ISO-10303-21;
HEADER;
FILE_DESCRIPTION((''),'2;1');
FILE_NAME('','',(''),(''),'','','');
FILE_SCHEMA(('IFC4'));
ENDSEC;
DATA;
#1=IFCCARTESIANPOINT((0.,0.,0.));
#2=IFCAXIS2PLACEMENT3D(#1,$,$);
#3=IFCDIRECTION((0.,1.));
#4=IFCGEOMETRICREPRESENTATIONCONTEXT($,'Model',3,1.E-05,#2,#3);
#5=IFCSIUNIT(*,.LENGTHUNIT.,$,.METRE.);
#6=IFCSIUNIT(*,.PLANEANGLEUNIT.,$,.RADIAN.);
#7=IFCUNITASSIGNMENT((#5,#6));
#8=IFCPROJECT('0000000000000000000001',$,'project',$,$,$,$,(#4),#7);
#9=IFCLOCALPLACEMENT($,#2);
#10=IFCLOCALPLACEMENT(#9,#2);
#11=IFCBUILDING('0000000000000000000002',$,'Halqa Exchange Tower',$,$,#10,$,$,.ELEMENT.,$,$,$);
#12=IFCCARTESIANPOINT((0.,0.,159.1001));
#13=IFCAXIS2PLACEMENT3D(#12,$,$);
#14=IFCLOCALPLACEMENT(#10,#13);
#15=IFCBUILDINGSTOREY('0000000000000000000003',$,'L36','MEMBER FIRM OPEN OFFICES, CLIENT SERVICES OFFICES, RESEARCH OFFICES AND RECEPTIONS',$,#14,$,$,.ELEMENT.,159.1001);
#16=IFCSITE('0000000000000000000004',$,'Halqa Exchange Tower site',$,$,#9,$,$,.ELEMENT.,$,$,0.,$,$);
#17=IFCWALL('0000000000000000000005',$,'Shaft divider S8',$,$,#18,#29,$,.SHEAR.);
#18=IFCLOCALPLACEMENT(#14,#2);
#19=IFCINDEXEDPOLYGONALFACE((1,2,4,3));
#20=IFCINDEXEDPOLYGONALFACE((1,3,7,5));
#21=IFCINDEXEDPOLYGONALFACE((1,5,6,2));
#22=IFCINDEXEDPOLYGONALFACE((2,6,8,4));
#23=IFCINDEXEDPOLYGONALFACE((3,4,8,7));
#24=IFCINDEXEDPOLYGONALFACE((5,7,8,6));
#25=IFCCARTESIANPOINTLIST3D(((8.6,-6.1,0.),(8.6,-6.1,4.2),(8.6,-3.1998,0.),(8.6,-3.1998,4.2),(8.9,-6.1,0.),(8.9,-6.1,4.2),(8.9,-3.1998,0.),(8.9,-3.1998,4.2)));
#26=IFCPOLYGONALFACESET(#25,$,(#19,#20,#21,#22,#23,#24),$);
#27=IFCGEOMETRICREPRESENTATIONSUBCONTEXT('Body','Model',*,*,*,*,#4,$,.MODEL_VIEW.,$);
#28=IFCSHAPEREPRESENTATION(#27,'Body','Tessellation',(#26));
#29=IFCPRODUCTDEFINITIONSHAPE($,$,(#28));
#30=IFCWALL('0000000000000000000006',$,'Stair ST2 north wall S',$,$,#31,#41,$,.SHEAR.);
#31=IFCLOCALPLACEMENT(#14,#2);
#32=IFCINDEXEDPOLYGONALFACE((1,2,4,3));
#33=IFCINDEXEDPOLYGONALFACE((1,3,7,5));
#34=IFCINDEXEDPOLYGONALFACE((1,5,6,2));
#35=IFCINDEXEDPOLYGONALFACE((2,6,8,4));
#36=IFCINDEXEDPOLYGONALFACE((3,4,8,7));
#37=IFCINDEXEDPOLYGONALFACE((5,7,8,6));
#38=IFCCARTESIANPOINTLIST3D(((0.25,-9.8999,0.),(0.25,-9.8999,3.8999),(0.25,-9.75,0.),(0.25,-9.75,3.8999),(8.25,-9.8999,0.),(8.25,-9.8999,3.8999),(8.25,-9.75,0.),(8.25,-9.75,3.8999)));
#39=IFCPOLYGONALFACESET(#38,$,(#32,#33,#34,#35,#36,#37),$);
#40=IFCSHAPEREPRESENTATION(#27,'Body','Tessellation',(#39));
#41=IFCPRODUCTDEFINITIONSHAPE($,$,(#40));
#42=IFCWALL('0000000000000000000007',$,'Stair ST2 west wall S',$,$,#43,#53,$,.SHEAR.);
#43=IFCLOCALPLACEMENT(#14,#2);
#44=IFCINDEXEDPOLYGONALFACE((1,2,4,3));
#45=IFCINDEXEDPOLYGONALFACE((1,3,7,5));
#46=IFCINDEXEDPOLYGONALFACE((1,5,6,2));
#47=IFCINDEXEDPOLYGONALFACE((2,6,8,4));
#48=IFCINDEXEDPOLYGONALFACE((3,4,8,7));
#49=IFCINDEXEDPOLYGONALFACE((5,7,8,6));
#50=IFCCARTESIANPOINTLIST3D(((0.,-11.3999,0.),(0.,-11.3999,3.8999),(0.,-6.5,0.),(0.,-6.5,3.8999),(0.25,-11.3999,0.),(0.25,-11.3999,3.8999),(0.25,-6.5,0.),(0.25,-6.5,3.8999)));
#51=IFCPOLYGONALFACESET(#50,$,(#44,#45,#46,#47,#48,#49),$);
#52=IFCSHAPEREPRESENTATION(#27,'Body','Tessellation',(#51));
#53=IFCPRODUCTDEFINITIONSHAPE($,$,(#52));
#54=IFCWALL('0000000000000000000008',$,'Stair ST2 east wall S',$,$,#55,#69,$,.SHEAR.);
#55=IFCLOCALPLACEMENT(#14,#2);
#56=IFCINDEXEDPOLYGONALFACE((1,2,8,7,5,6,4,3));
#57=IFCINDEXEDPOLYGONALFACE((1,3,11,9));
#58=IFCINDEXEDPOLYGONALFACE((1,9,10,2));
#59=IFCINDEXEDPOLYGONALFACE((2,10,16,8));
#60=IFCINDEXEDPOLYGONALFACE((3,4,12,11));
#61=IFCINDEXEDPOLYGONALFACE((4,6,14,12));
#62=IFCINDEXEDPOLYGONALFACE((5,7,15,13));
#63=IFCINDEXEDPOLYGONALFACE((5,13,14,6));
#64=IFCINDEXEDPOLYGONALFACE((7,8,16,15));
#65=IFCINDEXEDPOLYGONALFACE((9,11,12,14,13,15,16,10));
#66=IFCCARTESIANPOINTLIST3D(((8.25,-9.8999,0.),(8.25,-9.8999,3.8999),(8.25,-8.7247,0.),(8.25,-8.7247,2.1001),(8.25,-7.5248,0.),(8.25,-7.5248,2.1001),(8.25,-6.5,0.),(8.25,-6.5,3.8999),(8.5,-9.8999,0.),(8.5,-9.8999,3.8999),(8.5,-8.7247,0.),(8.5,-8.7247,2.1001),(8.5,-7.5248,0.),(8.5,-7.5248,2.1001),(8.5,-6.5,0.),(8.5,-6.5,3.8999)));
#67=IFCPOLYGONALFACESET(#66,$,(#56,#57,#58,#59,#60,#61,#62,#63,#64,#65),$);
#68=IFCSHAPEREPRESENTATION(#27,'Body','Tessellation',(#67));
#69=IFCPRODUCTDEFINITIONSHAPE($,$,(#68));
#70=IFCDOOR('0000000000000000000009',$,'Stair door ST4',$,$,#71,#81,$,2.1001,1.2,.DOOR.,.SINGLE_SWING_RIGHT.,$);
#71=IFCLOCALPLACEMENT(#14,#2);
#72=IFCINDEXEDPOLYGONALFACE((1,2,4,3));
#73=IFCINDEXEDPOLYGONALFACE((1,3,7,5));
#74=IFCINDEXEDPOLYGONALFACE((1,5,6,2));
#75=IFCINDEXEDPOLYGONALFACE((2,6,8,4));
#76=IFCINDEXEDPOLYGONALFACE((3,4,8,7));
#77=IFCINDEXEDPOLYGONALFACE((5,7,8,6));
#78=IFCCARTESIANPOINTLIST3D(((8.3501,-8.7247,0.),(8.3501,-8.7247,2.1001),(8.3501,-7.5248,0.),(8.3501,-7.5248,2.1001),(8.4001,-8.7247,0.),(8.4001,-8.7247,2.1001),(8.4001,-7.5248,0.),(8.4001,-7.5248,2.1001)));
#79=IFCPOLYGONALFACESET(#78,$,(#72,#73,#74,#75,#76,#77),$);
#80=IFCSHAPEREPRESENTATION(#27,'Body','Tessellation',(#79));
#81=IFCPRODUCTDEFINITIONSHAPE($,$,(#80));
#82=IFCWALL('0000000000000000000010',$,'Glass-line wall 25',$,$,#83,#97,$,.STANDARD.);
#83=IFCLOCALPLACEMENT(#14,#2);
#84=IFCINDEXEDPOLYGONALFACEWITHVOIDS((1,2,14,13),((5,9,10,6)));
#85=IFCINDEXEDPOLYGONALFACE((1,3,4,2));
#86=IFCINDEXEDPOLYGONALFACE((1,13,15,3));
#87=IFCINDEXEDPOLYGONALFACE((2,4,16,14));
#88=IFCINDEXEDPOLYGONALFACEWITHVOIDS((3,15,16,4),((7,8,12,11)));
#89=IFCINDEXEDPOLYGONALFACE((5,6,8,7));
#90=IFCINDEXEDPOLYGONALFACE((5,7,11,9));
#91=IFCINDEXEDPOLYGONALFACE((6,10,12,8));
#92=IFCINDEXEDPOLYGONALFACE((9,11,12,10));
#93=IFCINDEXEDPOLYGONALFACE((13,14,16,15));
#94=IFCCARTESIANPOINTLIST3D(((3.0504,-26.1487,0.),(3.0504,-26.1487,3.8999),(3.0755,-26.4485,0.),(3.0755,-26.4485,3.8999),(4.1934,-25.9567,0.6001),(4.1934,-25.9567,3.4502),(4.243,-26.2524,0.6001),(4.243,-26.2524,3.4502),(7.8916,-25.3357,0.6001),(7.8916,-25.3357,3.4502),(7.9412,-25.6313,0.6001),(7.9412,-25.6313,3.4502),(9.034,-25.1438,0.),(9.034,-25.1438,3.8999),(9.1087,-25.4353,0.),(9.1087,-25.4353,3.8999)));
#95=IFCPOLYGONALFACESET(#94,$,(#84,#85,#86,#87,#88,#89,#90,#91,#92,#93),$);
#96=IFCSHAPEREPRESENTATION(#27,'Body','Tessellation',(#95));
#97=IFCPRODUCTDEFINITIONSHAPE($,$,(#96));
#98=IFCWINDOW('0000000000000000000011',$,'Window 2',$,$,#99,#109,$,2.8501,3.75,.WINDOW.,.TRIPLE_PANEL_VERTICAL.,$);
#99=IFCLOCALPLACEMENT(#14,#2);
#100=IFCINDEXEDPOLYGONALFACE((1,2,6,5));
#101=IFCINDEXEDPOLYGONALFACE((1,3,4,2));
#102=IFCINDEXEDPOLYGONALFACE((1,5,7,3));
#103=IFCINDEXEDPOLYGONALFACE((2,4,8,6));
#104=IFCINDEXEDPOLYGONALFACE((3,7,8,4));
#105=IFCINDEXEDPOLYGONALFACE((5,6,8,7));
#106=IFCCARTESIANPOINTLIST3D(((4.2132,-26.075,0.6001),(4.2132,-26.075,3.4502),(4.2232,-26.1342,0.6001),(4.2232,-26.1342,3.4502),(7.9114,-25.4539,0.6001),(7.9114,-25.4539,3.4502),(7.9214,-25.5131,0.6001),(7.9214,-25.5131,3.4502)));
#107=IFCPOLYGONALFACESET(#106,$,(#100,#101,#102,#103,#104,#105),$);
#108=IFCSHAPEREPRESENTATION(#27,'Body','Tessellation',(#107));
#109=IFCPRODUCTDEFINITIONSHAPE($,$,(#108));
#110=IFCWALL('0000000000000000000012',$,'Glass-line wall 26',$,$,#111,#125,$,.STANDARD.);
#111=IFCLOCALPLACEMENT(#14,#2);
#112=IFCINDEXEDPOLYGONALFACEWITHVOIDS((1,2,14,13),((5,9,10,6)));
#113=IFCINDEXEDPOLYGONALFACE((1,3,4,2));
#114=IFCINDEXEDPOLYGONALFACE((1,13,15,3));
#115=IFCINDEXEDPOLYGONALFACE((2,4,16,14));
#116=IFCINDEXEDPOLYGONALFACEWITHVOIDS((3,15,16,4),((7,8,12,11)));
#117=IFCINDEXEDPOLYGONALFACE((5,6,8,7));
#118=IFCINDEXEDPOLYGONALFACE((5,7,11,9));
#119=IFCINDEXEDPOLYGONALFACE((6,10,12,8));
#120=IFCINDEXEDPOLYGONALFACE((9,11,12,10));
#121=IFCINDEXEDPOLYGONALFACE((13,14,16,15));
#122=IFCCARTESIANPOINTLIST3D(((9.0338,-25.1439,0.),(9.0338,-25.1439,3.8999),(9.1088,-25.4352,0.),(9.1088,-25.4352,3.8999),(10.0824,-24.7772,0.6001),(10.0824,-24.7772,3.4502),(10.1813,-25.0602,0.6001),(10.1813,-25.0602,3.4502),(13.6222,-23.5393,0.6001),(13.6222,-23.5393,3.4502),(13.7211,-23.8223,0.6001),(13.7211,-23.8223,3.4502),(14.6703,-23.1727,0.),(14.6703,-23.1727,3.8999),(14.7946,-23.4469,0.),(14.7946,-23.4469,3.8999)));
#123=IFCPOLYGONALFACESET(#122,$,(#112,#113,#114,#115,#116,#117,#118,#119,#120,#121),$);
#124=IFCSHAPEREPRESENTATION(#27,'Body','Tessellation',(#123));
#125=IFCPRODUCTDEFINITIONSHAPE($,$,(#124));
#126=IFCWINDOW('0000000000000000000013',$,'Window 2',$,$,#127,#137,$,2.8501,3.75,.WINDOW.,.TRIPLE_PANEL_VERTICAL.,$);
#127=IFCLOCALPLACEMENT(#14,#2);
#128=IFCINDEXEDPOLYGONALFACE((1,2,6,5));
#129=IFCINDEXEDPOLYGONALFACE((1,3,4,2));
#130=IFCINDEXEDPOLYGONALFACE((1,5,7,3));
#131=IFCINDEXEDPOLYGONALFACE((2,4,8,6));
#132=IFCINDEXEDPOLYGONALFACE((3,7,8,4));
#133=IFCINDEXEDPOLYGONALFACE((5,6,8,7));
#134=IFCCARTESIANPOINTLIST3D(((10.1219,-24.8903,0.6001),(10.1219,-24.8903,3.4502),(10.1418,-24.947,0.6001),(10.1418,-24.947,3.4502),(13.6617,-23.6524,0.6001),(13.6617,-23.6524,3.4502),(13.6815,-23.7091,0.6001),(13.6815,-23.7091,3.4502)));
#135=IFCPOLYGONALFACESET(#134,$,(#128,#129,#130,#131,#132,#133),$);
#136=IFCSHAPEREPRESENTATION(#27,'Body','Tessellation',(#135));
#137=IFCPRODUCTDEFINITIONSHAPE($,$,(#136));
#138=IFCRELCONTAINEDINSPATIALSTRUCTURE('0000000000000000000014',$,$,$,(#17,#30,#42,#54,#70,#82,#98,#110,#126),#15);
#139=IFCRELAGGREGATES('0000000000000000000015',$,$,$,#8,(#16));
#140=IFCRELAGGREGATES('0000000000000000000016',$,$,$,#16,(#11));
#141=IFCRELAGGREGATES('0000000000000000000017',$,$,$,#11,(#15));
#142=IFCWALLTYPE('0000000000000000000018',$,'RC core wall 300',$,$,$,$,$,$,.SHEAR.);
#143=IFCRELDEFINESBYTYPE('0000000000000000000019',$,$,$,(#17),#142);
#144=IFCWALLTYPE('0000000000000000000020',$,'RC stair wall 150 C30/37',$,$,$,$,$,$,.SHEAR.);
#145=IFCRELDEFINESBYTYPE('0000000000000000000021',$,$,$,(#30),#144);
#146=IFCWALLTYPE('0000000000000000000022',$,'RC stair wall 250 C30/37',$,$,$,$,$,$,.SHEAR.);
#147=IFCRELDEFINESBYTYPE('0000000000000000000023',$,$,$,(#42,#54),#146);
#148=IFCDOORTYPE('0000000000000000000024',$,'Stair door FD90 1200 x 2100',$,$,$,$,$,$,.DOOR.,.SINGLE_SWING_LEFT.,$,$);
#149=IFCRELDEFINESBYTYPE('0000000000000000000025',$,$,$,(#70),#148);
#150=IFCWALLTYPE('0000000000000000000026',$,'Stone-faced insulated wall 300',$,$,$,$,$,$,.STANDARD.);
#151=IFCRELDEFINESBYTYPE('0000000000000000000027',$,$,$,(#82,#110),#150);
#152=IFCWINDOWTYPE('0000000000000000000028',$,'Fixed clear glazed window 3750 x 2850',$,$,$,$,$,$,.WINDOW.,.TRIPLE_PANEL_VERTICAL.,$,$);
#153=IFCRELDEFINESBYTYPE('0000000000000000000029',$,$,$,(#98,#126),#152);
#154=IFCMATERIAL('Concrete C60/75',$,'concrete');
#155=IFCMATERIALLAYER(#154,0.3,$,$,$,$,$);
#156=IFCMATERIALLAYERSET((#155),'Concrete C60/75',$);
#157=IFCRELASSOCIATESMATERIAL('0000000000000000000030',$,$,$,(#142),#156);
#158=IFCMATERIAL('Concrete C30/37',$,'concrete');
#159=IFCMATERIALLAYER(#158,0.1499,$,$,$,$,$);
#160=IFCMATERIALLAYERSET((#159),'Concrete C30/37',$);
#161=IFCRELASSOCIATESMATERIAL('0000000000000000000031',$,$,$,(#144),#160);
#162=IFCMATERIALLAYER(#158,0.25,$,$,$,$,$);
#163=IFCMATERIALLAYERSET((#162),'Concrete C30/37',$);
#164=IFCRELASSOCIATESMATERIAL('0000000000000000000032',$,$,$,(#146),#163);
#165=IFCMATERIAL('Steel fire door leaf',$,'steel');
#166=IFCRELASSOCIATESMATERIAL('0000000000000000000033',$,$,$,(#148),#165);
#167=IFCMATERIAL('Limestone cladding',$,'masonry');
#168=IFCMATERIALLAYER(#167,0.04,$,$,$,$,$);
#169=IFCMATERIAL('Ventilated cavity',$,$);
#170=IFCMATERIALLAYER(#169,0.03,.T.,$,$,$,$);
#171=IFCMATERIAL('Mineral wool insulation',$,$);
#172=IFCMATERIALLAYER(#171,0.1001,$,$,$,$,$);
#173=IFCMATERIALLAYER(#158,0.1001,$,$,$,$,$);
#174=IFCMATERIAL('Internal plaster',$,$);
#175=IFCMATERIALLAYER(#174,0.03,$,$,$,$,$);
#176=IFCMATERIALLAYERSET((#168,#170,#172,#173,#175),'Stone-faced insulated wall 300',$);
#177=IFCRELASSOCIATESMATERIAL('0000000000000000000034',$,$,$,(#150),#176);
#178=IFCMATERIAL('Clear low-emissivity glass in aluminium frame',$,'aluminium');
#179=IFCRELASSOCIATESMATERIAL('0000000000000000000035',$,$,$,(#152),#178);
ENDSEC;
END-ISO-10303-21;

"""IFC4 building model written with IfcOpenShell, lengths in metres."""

from ifc_helpers import new_model, si_unit, direction, frame, frame_2d, origin, place, context, subcontext, project, spatial, polyline, rectangle, outline, extrude, material, layer, layer_set, type_object, element, fill, save


model = new_model("IFC4")

# Units and contexts
model_context = context("Model", 3, precision=1e-05, world=origin(), true_north=direction((0.0, 1.0)))
body_context = subcontext(model_context, "Body", "Model", "MODEL_VIEW")
ifc_project = project(units=[si_unit("LENGTHUNIT", "METRE"), si_unit("PLANEANGLEUNIT", "RADIAN")], contexts=[model_context])

# Site, building, storey
site_placement = place(None, origin())
site = spatial("IfcSite", under=ifc_project, at=site_placement, Name="Halqa Exchange Tower site", CompositionType="ELEMENT", RefElevation=0.0)
building_placement = place(site_placement, origin())
building = spatial("IfcBuilding", under=site, at=building_placement, Name="Halqa Exchange Tower", CompositionType="ELEMENT")
storey_placement = place(building_placement, frame((0.0, 0.0, 159.1001)))
storey = spatial("IfcBuildingStorey", under=building, at=storey_placement, Name="L36", Description="MEMBER FIRM OPEN OFFICES, CLIENT SERVICES OFFICES, RESEARCH OFFICES AND RECEPTIONS", CompositionType="ELEMENT", Elevation=159.1001)

# Shared definitions
ifc_material_1 = material(Name="Concrete C60/75", Category="concrete")

# Walls
ifc_layer_1 = layer(ifc_material_1, 0.3)
ifc_layer_set_1 = layer_set([ifc_layer_1], Name="Concrete C60/75")
wall_type_1 = type_object("IfcWallType", Name="RC core wall 300", PredefinedType="SHEAR", material=ifc_layer_set_1)
for number, where, z_axis, x_axis, name in (
    (1, (8.75, -6.1001, 0.0), (0.0, 0.0, 1.0), (0.0, 1.0, 0.0), "Shaft divider S8"),
):
    element("IfcWall", number, at=place(storey_placement, frame(where, z_axis=z_axis, x_axis=x_axis)), inside=storey, type_object=wall_type_1, Name=name, PredefinedType="SHEAR", context=body_context, shape_type="SweptSolid", body=[
        extrude(rectangle(XDim=2.9001, YDim=0.3, at=frame_2d((1.4502, 0.0))), origin(), (0.0, 0.0, 1.0), 4.2),
    ])
ifc_material_2 = material(Name="Concrete C30/37", Category="concrete")
ifc_layer_2 = layer(ifc_material_2, 0.1499)
ifc_layer_set_2 = layer_set([ifc_layer_2], Name="Concrete C30/37")
wall_type_2 = type_object("IfcWallType", Name="RC stair wall 150 C30/37", PredefinedType="SHEAR", material=ifc_layer_set_2)
wall_1_placement = place(storey_placement, frame((0.25, -9.825, 0.0), z_axis=(0.0, 0.0, 1.0), x_axis=(1.0, 0.0, 0.0)))
element("IfcWall", 2, at=wall_1_placement, inside=storey, type_object=wall_type_2, Name="Stair ST2 north wall S", PredefinedType="SHEAR", context=body_context, shape_type="SweptSolid", body=[
    extrude(rectangle(XDim=8.0, YDim=0.1499, at=frame_2d((4.0, 0.0))), origin(), (0.0, 0.0, 1.0), 3.8999),
])
ifc_layer_3 = layer(ifc_material_2, 0.25)
ifc_layer_set_3 = layer_set([ifc_layer_3], Name="Concrete C30/37")
wall_type_3 = type_object("IfcWallType", Name="RC stair wall 250 C30/37", PredefinedType="SHEAR", material=ifc_layer_set_3)
wall_2_placement = place(storey_placement, frame((0.125, -11.3999, 0.0), z_axis=(0.0, 0.0, 1.0), x_axis=(0.0, 1.0, 0.0)))
element("IfcWall", 3, at=wall_2_placement, inside=storey, type_object=wall_type_3, Name="Stair ST2 west wall S", PredefinedType="SHEAR", context=body_context, shape_type="SweptSolid", body=[
    extrude(rectangle(XDim=4.8999, YDim=0.25, at=frame_2d((2.45, 0.0))), origin(), (0.0, 0.0, 1.0), 3.8999),
])

# Wall, opening, door
wall_3_placement = place(storey_placement, frame((8.375, -9.8999, 0.0), z_axis=(0.0, 0.0, 1.0), x_axis=(0.0, 1.0, 0.0)))
wall_3 = element("IfcWall", 4, at=wall_3_placement, inside=storey, type_object=wall_type_3, Name="Stair ST2 east wall S", PredefinedType="SHEAR", context=body_context, shape_type="SweptSolid", body=[
    extrude(rectangle(XDim=3.3999, YDim=0.25, at=frame_2d((1.7, 0.0))), origin(), (0.0, 0.0, 1.0), 3.8999),
])
opening_1_placement = place(wall_3_placement, frame((1.175, 0.0, 0.0)))
opening_1 = element("IfcOpeningElement", 5, at=opening_1_placement, cuts=wall_3, PredefinedType="OPENING", context=body_context, shape_type="SweptSolid", body=[
    extrude(rectangle(XDim=1.2, YDim=2.1001, at=frame_2d((0.6001, 1.05))), frame((0.0, 0.137, 0.0), z_axis=(0.0, -1.0, 0.0), x_axis=(1.0, 0.0, 0.0)), (0.0, 0.0, 1.0), 0.2739),
])
ifc_material_3 = material(Name="Steel fire door leaf", Category="steel")
door_type = type_object("IfcDoorType", Name="Stair door FD90 1200 x 2100", OperationType="SINGLE_SWING_LEFT", PredefinedType="DOOR", material=ifc_material_3)
door_placement = place(opening_1_placement, origin())
door = element("IfcDoor", 6, at=door_placement, inside=storey, type_object=door_type, Name="Stair door ST4", OperationType="SINGLE_SWING_RIGHT", OverallHeight=2.1001, OverallWidth=1.2, PredefinedType="DOOR", context=body_context, shape_type="SweptSolid", body=[
    extrude(rectangle(XDim=1.2, YDim=2.1001, at=frame_2d((0.6001, 1.05))), frame((0.0, 0.0249, 0.0), z_axis=(0.0, -1.0, 0.0), x_axis=(1.0, 0.0, 0.0)), (0.0, 0.0, 1.0), 0.05),
])
fill(opening_1, door)

# Walls, openings, windows
ifc_material_4 = material(Name="Limestone cladding", Category="masonry")
ifc_layer_4 = layer(ifc_material_4, 0.04)
ifc_material_5 = material(Name="Ventilated cavity")
ifc_layer_5 = layer(ifc_material_5, 0.03, ventilated=True)
ifc_material_6 = material(Name="Mineral wool insulation")
ifc_layer_6 = layer(ifc_material_6, 0.1001)
ifc_layer_7 = layer(ifc_material_2, 0.1001)
ifc_material_7 = material(Name="Internal plaster")
ifc_layer_8 = layer(ifc_material_7, 0.03)
ifc_layer_set_4 = layer_set([ifc_layer_4, ifc_layer_5, ifc_layer_6, ifc_layer_7, ifc_layer_8], Name="Stone-faced insulated wall 300")
wall_type_4 = type_object("IfcWallType", Name="Stone-faced insulated wall 300", PredefinedType="STANDARD", material=ifc_layer_set_4)
wall_4_placement = place(storey_placement, frame((3.063, -26.2986, 0.0), z_axis=(0.0, 0.0, 1.0), x_axis=(0.98619, 0.165621, 0.0)))
wall_4 = element("IfcWall", 7, at=wall_4_placement, inside=storey, type_object=wall_type_4, Name="Glass-line wall 25", PredefinedType="STANDARD", context=body_context, shape_type="SweptSolid", body=[
    extrude(outline(polyline([(-0.0125, -0.1499), (6.1052, -0.1499), (6.0798, 0.1499), (0.0125, 0.1499), (-0.0125, -0.1499)])), origin(), (0.0, 0.0, 1.0), 3.8999),
])
opening_2_placement = place(wall_4_placement, frame((1.1714, 0.0, 0.6001)))
opening_2 = element("IfcOpeningElement", 8, at=opening_2_placement, cuts=wall_4, PredefinedType="OPENING", context=body_context, shape_type="SweptSolid", body=[
    extrude(rectangle(XDim=3.75, YDim=2.8501, at=frame_2d((1.875, 1.425))), frame((0.0, 0.1621, 0.0), z_axis=(0.0, -1.0, 0.0), x_axis=(1.0, 0.0, 0.0)), (0.0, 0.0, 1.0), 0.324),
])
ifc_material_8 = material(Name="Clear low-emissivity glass in aluminium frame", Category="aluminium")
window_type = type_object("IfcWindowType", Name="Fixed clear glazed window 3750 x 2850", PartitioningType="TRIPLE_PANEL_VERTICAL", PredefinedType="WINDOW", material=ifc_material_8)
window_1_placement = place(opening_2_placement, origin())
window_1 = element("IfcWindow", 9, at=window_1_placement, inside=storey, type_object=window_type, Name="Window 2", OverallHeight=2.8501, OverallWidth=3.75, PartitioningType="TRIPLE_PANEL_VERTICAL", PredefinedType="WINDOW", context=body_context, shape_type="SweptSolid", body=[
    extrude(rectangle(XDim=3.75, YDim=2.8501, at=frame_2d((1.875, 1.425))), frame((0.0, 0.03, 0.0), z_axis=(0.0, -1.0, 0.0), x_axis=(1.0, 0.0, 0.0)), (0.0, 0.0, 1.0), 0.0601),
])
fill(opening_2, window_1)
wall_5_placement = place(storey_placement, frame((9.0713, -25.2896, 0.0), z_axis=(0.0, 0.0, 1.0), x_axis=(0.943945, 0.330104, 0.0)))
wall_5 = element("IfcWall", 10, at=wall_5_placement, inside=storey, type_object=wall_type_4, Name="Glass-line wall 26", PredefinedType="STANDARD", context=body_context, shape_type="SweptSolid", body=[
    extrude(outline(polyline([(-0.0127, -0.1499), (6.0107, -0.1499), (5.9839, 0.1499), (0.0127, 0.1499), (-0.0127, -0.1499)])), origin(), (0.0, 0.0, 1.0), 3.8999),
])
opening_3_placement = place(wall_5_placement, frame((1.1235, 0.0, 0.6001)))
opening_3 = element("IfcOpeningElement", 11, at=opening_3_placement, cuts=wall_5, PredefinedType="OPENING", context=body_context, shape_type="SweptSolid", body=[
    extrude(rectangle(XDim=3.75, YDim=2.8501, at=frame_2d((1.875, 1.425))), frame((0.0, 0.1621, 0.0), z_axis=(0.0, -1.0, 0.0), x_axis=(1.0, 0.0, 0.0)), (0.0, 0.0, 1.0), 0.324),
])
window_2_placement = place(opening_3_placement, origin())
window_2 = element("IfcWindow", 12, at=window_2_placement, inside=storey, type_object=window_type, Name="Window 2", OverallHeight=2.8501, OverallWidth=3.75, PartitioningType="TRIPLE_PANEL_VERTICAL", PredefinedType="WINDOW", context=body_context, shape_type="SweptSolid", body=[
    extrude(rectangle(XDim=3.75, YDim=2.8501, at=frame_2d((1.875, 1.425))), frame((0.0, 0.03, 0.0), z_axis=(0.0, -1.0, 0.0), x_axis=(1.0, 0.0, 0.0)), (0.0, 0.0, 1.0), 0.0601),
])
fill(opening_3, window_2)

save(model, "model.ifc")
